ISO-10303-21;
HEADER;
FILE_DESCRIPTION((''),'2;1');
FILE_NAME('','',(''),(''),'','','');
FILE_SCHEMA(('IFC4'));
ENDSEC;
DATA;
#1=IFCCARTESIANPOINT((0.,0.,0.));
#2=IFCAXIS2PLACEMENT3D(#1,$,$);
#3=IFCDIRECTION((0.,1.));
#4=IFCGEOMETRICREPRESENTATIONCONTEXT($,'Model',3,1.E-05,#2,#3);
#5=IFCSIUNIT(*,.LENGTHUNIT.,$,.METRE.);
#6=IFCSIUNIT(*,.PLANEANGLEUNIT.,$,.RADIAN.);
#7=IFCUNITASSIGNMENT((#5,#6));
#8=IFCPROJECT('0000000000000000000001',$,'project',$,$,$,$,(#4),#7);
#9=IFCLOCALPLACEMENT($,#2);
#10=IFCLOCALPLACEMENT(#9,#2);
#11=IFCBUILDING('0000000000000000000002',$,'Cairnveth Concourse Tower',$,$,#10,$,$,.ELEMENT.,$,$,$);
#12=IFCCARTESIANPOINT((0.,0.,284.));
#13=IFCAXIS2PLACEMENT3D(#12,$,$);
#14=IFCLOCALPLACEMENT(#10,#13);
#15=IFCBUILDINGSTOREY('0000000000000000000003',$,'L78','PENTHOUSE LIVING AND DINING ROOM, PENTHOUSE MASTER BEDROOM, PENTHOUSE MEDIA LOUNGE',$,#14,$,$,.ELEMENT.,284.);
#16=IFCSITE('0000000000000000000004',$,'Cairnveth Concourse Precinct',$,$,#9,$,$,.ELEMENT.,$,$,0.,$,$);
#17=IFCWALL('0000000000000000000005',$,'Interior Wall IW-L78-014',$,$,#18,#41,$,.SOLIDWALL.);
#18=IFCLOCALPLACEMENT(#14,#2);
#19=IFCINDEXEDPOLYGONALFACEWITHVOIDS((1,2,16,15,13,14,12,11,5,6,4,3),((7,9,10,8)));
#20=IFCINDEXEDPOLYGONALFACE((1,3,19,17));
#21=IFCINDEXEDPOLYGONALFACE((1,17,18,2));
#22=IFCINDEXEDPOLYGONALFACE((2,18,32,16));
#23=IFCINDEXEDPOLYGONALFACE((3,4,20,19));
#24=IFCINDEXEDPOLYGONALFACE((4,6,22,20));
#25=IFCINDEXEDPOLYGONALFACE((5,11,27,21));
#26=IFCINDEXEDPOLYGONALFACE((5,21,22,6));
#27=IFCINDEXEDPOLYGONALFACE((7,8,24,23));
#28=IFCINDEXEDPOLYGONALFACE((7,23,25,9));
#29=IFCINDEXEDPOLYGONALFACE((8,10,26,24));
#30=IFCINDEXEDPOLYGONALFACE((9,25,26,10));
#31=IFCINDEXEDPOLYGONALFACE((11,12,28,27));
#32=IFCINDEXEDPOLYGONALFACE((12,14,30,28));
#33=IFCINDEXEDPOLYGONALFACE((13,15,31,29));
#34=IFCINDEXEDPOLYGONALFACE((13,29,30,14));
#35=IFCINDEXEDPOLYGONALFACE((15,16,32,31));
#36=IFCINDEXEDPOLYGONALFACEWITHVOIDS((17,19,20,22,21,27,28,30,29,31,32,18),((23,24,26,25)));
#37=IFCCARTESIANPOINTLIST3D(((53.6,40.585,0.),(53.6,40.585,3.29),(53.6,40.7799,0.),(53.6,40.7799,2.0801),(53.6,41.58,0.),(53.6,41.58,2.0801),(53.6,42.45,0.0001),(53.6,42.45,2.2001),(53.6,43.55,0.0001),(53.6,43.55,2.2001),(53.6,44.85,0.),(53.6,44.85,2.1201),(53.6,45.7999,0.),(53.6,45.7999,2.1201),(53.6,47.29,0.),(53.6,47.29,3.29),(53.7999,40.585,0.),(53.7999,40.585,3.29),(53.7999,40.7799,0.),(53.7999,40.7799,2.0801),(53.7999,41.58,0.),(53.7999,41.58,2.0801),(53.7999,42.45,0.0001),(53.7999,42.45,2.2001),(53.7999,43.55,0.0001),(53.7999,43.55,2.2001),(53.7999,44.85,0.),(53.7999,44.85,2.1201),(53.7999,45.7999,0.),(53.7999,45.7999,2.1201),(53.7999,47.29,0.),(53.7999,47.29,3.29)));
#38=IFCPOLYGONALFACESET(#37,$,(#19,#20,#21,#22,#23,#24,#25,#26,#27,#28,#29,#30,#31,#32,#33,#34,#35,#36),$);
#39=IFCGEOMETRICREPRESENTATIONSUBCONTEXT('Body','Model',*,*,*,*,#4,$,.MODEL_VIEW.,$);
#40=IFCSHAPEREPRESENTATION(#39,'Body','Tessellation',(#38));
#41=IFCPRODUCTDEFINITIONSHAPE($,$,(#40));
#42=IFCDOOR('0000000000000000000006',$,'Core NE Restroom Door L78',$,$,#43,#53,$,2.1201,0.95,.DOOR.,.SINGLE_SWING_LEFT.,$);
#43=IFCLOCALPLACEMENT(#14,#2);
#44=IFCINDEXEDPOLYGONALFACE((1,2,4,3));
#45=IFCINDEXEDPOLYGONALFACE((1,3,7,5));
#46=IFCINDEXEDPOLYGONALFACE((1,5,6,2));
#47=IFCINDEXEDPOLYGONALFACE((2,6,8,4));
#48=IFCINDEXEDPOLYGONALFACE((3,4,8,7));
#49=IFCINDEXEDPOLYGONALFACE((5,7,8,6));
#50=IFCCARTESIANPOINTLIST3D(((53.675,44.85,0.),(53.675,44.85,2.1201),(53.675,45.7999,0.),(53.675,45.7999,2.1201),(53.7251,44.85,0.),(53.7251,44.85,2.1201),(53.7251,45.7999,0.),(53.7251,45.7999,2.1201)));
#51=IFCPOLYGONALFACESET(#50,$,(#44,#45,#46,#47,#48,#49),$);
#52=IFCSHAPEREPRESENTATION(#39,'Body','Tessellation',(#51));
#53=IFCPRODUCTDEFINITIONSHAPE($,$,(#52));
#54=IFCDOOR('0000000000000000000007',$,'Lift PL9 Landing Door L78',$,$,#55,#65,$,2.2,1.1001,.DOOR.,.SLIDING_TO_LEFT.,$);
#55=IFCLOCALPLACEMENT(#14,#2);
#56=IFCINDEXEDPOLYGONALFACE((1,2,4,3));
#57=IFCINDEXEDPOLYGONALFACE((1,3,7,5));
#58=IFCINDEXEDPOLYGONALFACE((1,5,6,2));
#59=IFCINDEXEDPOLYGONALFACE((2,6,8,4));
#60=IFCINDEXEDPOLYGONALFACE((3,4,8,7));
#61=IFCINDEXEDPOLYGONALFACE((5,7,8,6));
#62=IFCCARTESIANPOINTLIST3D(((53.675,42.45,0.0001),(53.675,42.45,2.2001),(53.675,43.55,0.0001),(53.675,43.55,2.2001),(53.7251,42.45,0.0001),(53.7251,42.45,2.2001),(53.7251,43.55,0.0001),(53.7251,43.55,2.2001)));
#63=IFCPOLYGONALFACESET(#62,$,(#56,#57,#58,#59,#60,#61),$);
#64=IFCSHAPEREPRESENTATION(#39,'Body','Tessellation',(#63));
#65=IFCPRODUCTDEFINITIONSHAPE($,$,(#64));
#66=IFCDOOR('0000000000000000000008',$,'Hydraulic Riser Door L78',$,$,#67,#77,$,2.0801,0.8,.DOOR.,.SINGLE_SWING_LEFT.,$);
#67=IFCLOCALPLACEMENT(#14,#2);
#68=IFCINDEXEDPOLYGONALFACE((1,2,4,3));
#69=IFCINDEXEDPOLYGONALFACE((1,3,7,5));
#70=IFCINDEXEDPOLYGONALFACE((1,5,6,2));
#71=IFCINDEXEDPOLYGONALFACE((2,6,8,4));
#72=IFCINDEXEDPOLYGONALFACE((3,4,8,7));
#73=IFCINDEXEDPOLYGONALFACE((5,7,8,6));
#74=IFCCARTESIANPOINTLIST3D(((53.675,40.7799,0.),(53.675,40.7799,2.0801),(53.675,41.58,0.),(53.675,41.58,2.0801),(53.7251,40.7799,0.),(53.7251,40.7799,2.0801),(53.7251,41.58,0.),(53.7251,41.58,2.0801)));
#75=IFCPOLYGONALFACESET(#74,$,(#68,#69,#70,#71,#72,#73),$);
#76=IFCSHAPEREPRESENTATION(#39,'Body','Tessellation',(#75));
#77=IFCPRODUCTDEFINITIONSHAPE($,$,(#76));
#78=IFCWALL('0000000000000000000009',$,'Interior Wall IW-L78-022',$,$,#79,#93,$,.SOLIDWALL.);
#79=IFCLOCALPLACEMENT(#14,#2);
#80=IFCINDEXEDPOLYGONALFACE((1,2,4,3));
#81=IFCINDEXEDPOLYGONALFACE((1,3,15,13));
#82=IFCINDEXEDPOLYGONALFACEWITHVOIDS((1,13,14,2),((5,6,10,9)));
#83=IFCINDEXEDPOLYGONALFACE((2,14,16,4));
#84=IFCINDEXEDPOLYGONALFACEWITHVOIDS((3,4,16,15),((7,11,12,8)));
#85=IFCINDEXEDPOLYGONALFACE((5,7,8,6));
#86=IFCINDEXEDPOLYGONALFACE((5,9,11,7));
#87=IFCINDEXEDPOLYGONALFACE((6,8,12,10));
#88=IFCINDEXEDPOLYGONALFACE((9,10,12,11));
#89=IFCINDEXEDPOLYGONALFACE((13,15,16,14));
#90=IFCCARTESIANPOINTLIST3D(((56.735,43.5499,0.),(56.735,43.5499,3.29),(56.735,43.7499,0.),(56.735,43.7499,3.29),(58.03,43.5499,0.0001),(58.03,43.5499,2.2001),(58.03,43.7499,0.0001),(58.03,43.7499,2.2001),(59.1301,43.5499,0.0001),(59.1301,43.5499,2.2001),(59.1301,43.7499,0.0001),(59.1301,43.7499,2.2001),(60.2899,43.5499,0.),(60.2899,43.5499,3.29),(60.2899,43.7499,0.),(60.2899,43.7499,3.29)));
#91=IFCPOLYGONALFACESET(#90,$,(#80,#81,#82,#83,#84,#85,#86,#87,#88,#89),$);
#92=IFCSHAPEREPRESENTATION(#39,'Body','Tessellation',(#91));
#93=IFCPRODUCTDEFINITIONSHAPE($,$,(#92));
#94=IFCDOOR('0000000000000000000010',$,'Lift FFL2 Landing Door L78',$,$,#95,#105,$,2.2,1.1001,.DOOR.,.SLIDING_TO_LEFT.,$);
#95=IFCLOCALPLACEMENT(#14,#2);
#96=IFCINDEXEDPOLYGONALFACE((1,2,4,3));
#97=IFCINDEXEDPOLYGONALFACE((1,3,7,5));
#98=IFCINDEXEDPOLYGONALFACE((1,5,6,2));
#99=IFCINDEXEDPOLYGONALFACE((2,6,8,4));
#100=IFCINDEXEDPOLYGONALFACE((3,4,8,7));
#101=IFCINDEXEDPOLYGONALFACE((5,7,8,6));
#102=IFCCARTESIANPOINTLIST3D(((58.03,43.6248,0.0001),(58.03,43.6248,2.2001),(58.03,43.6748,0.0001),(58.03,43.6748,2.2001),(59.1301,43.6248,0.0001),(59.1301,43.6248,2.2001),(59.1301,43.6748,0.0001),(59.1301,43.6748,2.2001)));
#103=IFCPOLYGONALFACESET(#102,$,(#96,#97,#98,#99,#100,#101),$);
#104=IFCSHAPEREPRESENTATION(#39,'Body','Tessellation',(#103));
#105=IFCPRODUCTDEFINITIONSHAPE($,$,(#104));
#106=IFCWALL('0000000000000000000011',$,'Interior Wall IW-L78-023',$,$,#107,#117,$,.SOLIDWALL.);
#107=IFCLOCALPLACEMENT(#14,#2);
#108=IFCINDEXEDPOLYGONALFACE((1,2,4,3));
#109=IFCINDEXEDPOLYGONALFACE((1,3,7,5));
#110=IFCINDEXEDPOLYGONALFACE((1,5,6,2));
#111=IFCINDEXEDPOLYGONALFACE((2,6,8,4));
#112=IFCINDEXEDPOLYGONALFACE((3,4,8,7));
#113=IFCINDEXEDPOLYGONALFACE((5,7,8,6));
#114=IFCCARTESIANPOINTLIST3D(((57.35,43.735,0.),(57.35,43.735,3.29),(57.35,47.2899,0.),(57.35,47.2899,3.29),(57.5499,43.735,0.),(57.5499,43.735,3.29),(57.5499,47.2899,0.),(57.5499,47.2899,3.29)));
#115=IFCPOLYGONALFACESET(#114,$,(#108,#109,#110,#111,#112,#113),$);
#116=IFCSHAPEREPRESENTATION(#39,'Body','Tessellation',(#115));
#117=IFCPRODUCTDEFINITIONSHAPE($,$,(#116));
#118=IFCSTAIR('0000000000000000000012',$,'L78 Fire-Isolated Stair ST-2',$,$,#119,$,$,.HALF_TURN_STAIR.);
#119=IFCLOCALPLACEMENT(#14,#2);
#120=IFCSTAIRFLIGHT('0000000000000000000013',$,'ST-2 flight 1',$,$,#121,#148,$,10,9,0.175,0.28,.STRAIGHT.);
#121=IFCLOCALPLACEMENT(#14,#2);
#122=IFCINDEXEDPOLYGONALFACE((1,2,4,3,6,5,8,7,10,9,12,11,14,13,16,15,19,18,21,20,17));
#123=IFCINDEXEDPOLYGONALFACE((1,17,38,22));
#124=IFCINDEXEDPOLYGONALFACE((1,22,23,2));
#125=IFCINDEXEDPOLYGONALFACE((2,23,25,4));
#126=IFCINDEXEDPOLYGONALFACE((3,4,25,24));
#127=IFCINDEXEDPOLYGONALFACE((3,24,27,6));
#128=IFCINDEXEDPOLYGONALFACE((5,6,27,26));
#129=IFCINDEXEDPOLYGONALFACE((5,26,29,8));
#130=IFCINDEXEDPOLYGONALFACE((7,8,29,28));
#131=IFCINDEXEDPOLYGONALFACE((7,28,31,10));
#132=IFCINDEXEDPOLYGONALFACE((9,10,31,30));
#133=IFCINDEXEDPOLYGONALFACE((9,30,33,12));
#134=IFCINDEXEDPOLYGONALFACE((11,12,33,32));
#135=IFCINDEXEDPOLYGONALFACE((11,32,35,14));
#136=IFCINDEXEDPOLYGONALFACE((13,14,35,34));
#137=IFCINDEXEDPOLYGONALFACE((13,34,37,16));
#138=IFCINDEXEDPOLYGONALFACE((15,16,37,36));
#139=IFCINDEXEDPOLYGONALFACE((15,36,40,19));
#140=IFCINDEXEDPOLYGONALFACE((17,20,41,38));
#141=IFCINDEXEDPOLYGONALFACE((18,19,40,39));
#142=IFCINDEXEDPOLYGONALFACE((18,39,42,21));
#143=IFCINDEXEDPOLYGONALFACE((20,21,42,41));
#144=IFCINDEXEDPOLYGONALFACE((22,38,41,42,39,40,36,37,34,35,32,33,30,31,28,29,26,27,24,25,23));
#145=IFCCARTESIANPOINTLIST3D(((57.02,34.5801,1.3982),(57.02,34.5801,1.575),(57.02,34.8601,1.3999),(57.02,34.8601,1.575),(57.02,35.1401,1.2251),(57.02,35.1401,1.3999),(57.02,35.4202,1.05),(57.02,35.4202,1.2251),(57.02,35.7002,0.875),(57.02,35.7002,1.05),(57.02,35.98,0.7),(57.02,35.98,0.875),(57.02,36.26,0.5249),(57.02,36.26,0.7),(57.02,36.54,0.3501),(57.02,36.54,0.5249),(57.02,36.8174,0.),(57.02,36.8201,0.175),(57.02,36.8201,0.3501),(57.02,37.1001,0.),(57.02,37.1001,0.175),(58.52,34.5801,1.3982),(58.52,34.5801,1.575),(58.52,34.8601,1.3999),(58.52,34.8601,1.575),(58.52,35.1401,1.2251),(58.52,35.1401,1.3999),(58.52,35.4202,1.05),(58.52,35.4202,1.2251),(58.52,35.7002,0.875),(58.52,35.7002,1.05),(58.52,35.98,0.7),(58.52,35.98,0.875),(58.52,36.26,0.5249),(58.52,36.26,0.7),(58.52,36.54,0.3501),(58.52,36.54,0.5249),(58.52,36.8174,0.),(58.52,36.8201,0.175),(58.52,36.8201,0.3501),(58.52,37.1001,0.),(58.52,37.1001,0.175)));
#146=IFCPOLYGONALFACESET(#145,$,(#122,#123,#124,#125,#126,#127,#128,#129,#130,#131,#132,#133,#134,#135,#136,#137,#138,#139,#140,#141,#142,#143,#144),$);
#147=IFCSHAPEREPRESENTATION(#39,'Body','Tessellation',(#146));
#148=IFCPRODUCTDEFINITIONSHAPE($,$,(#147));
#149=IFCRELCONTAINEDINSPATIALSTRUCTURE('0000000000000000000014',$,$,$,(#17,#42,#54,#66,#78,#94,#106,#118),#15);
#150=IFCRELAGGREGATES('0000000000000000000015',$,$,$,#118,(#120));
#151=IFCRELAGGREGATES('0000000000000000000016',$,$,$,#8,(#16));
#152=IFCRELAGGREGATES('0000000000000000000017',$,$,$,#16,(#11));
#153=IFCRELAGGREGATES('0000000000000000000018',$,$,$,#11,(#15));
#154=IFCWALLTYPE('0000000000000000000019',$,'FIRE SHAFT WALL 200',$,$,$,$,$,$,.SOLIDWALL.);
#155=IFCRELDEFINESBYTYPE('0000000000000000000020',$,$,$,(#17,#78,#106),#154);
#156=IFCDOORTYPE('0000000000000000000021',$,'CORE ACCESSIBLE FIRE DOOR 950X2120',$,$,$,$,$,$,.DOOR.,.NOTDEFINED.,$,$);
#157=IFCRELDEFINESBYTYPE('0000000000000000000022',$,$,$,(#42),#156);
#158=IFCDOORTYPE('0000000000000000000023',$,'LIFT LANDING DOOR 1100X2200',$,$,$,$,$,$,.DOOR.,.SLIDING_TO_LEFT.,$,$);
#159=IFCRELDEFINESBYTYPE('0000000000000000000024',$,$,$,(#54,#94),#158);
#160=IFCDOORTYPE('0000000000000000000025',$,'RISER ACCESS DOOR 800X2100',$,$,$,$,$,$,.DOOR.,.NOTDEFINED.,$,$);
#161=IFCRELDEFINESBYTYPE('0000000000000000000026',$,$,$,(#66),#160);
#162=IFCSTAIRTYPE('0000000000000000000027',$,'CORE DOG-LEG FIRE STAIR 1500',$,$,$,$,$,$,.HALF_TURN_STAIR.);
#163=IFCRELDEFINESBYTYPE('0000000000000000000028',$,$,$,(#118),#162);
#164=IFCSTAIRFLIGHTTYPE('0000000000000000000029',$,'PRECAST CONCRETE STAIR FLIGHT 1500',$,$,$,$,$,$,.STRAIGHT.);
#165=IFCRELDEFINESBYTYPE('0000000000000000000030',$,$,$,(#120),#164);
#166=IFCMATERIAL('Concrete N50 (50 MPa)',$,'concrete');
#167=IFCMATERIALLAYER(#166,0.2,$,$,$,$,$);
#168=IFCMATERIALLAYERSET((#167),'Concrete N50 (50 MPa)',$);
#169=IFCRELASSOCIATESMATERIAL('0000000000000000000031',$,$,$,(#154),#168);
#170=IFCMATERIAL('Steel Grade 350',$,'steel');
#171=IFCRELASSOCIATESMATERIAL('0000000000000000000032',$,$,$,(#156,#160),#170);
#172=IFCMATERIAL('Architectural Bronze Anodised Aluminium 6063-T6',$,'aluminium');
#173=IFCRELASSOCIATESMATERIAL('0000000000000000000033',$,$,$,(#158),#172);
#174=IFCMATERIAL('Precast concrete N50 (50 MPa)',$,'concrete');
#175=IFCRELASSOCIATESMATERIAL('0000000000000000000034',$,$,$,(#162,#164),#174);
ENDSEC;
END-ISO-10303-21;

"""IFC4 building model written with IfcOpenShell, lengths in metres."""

from ifc_helpers import new_model, si_unit, direction, frame, frame_2d, origin, place, context, subcontext, project, spatial, polyline, rectangle, outline, extrude, material, layer, layer_set, type_object, element, fill, aggregate, save


model = new_model("IFC4")

# Units and contexts
model_context = context("Model", 3, precision=1e-05, world=origin(), true_north=direction((0.0, 1.0)))
body_context = subcontext(model_context, "Body", "Model", "MODEL_VIEW")
ifc_project = project(units=[si_unit("LENGTHUNIT", "METRE"), si_unit("PLANEANGLEUNIT", "RADIAN")], contexts=[model_context])

# Site, building, storey
site_placement = place(None, origin())
site = spatial("IfcSite", under=ifc_project, at=site_placement, Name="Cairnveth Concourse Precinct", CompositionType="ELEMENT", RefElevation=0.0)
building_placement = place(site_placement, origin())
building = spatial("IfcBuilding", under=site, at=building_placement, Name="Cairnveth Concourse Tower", CompositionType="ELEMENT")
storey_placement = place(building_placement, frame((0.0, 0.0, 284.0)))
storey = spatial("IfcBuildingStorey", under=building, at=storey_placement, Name="L78", Description="PENTHOUSE LIVING AND DINING ROOM, PENTHOUSE MASTER BEDROOM, PENTHOUSE MEDIA LOUNGE", CompositionType="ELEMENT", Elevation=284.0)

# Shared definitions
ifc_material_1 = material(Name="Steel Grade 350", Category="steel")

# Shared definitions
ifc_material_2 = material(Name="Concrete N50 (50 MPa)", Category="concrete")

# Shared definitions
ifc_layer_1 = layer(ifc_material_2, 0.2)
ifc_layer_set_1 = layer_set([ifc_layer_1], Name="Concrete N50 (50 MPa)")
wall_type_1 = type_object("IfcWallType", Name="FIRE SHAFT WALL 200", PredefinedType="SOLIDWALL", material=ifc_layer_set_1)

# Wall, openings, doors
wall_1_placement = place(storey_placement, frame((53.7, 40.585, 0.0), z_axis=(0.0, 0.0, 1.0), x_axis=(0.0, 1.0, 0.0)))
wall_1 = element("IfcWall", 1, at=wall_1_placement, inside=storey, type_object=wall_type_1, Name="Interior Wall IW-L78-014", PredefinedType="SOLIDWALL", context=body_context, shape_type="SweptSolid", body=[
    extrude(rectangle(XDim=6.7051, YDim=0.2, at=frame_2d((3.3525, 0.0))), origin(), (0.0, 0.0, 1.0), 3.29),
])
opening_1_placement = place(wall_1_placement, frame((0.1951, 0.0, 0.0)))
opening_1 = element("IfcOpeningElement", 2, at=opening_1_placement, cuts=wall_1, PredefinedType="OPENING", context=body_context, shape_type="SweptSolid", body=[
    extrude(rectangle(XDim=0.8, YDim=2.0801, at=frame_2d((0.3999, 1.04))), frame((0.0, 0.1099, 0.0), z_axis=(0.0, -1.0, 0.0), x_axis=(1.0, 0.0, 0.0)), (0.0, 0.0, 1.0), 0.22),
])
opening_2_placement = place(wall_1_placement, frame((1.865, 0.0, 0.0)))
opening_2 = element("IfcOpeningElement", 3, at=opening_2_placement, cuts=wall_1, PredefinedType="OPENING", context=body_context, shape_type="SweptSolid", body=[
    extrude(rectangle(XDim=1.1001, YDim=2.2, at=frame_2d((0.55, 1.1001))), frame((0.0, 0.1099, 0.0), z_axis=(0.0, -1.0, 0.0), x_axis=(1.0, 0.0, 0.0)), (0.0, 0.0, 1.0), 0.22),
])
opening_3_placement = place(wall_1_placement, frame((4.2649, 0.0, 0.0)))
opening_3 = element("IfcOpeningElement", 4, at=opening_3_placement, cuts=wall_1, PredefinedType="OPENING", context=body_context, shape_type="SweptSolid", body=[
    extrude(rectangle(XDim=0.95, YDim=2.1201, at=frame_2d((0.4751, 1.0601))), frame((0.0, 0.1099, 0.0), z_axis=(0.0, -1.0, 0.0), x_axis=(1.0, 0.0, 0.0)), (0.0, 0.0, 1.0), 0.22),
])
door_type_1 = type_object("IfcDoorType", Name="CORE ACCESSIBLE FIRE DOOR 950X2120", OperationType="NOTDEFINED", PredefinedType="DOOR", material=ifc_material_1)
door_1_placement = place(opening_3_placement, origin())
door_1 = element("IfcDoor", 5, at=door_1_placement, inside=storey, type_object=door_type_1, Name="Core NE Restroom Door L78", OperationType="SINGLE_SWING_LEFT", OverallHeight=2.1201, OverallWidth=0.95, PredefinedType="DOOR", context=body_context, shape_type="SweptSolid", body=[
    extrude(rectangle(XDim=0.95, YDim=2.1201, at=frame_2d((0.4751, 1.0601))), frame((0.0, 0.0249, 0.0), z_axis=(0.0, -1.0, 0.0), x_axis=(1.0, 0.0, 0.0)), (0.0, 0.0, 1.0), 0.05),
])
fill(opening_3, door_1)
ifc_material_3 = material(Name="Architectural Bronze Anodised Aluminium 6063-T6", Category="aluminium")
door_type_2 = type_object("IfcDoorType", Name="LIFT LANDING DOOR 1100X2200", OperationType="SLIDING_TO_LEFT", PredefinedType="DOOR", material=ifc_material_3)
door_2_placement = place(opening_2_placement, origin())
door_2 = element("IfcDoor", 6, at=door_2_placement, inside=storey, type_object=door_type_2, Name="Lift PL9 Landing Door L78", OperationType="SLIDING_TO_LEFT", OverallHeight=2.2, OverallWidth=1.1001, PredefinedType="DOOR", context=body_context, shape_type="SweptSolid", body=[
    extrude(rectangle(XDim=1.1001, YDim=2.2, at=frame_2d((0.55, 1.1001))), frame((0.0, 0.0249, 0.0), z_axis=(0.0, -1.0, 0.0), x_axis=(1.0, 0.0, 0.0)), (0.0, 0.0, 1.0), 0.05),
])
fill(opening_2, door_2)
door_type_3 = type_object("IfcDoorType", Name="RISER ACCESS DOOR 800X2100", OperationType="NOTDEFINED", PredefinedType="DOOR", material=ifc_material_1)
door_3_placement = place(opening_1_placement, origin())
door_3 = element("IfcDoor", 7, at=door_3_placement, inside=storey, type_object=door_type_3, Name="Hydraulic Riser Door L78", OperationType="SINGLE_SWING_LEFT", OverallHeight=2.0801, OverallWidth=0.8, PredefinedType="DOOR", context=body_context, shape_type="SweptSolid", body=[
    extrude(rectangle(XDim=0.8, YDim=2.0801, at=frame_2d((0.3999, 1.04))), frame((0.0, 0.0249, 0.0), z_axis=(0.0, -1.0, 0.0), x_axis=(1.0, 0.0, 0.0)), (0.0, 0.0, 1.0), 0.05),
])
fill(opening_1, door_3)

# Wall, opening, door
wall_2_placement = place(storey_placement, frame((56.7351, 43.6499, 0.0), z_axis=(0.0, 0.0, 1.0), x_axis=(1.0, 0.0, 0.0)))
wall_2 = element("IfcWall", 8, at=wall_2_placement, inside=storey, type_object=wall_type_1, Name="Interior Wall IW-L78-022", PredefinedType="SOLIDWALL", context=body_context, shape_type="SweptSolid", body=[
    extrude(rectangle(XDim=3.5549, YDim=0.2, at=frame_2d((1.7773, 0.0))), origin(), (0.0, 0.0, 1.0), 3.29),
])
opening_4_placement = place(wall_2_placement, frame((1.2949, 0.0, 0.0)))
opening_4 = element("IfcOpeningElement", 9, at=opening_4_placement, cuts=wall_2, PredefinedType="OPENING", context=body_context, shape_type="SweptSolid", body=[
    extrude(rectangle(XDim=1.1001, YDim=2.2, at=frame_2d((0.55, 1.1001))), frame((0.0, 0.1099, 0.0), z_axis=(0.0, -1.0, 0.0), x_axis=(1.0, 0.0, 0.0)), (0.0, 0.0, 1.0), 0.22),
])
door_4_placement = place(opening_4_placement, origin())
door_4 = element("IfcDoor", 10, at=door_4_placement, inside=storey, type_object=door_type_2, Name="Lift FFL2 Landing Door L78", OperationType="SLIDING_TO_LEFT", OverallHeight=2.2, OverallWidth=1.1001, PredefinedType="DOOR", context=body_context, shape_type="SweptSolid", body=[
    extrude(rectangle(XDim=1.1001, YDim=2.2, at=frame_2d((0.55, 1.1001))), frame((0.0, 0.0249, 0.0), z_axis=(0.0, -1.0, 0.0), x_axis=(1.0, 0.0, 0.0)), (0.0, 0.0, 1.0), 0.05),
])
fill(opening_4, door_4)

# Wall
wall_3_placement = place(storey_placement, frame((57.45, 43.7351, 0.0), z_axis=(0.0, 0.0, 1.0), x_axis=(0.0, 1.0, 0.0)))
element("IfcWall", 11, at=wall_3_placement, inside=storey, type_object=wall_type_1, Name="Interior Wall IW-L78-023", PredefinedType="SOLIDWALL", context=body_context, shape_type="SweptSolid", body=[
    extrude(rectangle(XDim=3.5549, YDim=0.2, at=frame_2d((1.7773, 0.0))), origin(), (0.0, 0.0, 1.0), 3.29),
])

# Stair, stair flight
ifc_material_4 = material(Name="Precast concrete N50 (50 MPa)", Category="concrete")
stair_type = type_object("IfcStairType", Name="CORE DOG-LEG FIRE STAIR 1500", PredefinedType="HALF_TURN_STAIR", material=ifc_material_4)
stair_placement = place(storey_placement, origin())
stair = element("IfcStair", 12, at=stair_placement, inside=storey, type_object=stair_type, Name="L78 Fire-Isolated Stair ST-2", PredefinedType="HALF_TURN_STAIR")
stair_flight_type = type_object("IfcStairFlightType", Name="PRECAST CONCRETE STAIR FLIGHT 1500", PredefinedType="STRAIGHT", material=ifc_material_4)
stair_flight_placement = place(storey_placement, frame((57.77, 37.1001, 0.0), z_axis=(0.0, 0.0, 1.0), x_axis=(0.0, -1.0, 0.0)))
stair_flight = element("IfcStairFlight", 13, at=stair_flight_placement, type_object=stair_flight_type, Name="ST-2 flight 1", NumberOfRisers=10, NumberOfTreads=9, PredefinedType="STRAIGHT", RiserHeight=0.175, TreadLength=0.28, context=body_context, shape_type="SweptSolid", body=[
    extrude(outline(polyline([(0.0, 0.0), (0.0, 0.175), (0.28, 0.175), (0.28, 0.3501), (0.5601, 0.3501), (0.5601, 0.5249), (0.8401, 0.5249), (0.8401, 0.7), (1.1201, 0.7), (1.1201, 0.875), (1.3999, 0.875), (1.3999, 1.05), (1.6799, 1.05), (1.6799, 1.2251), (1.96, 1.2251), (1.96, 1.3999), (2.24, 1.3999), (2.24, 1.575), (2.52, 1.575), (2.52, 1.75), (2.52, 1.3982), (0.2827, 0.0), (0.0, 0.0)])), frame((0.0, 0.75, 0.0), z_axis=(0.0, -1.0, 0.0), x_axis=(1.0, 0.0, 0.0)), (0.0, 0.0, 1.0), 1.5),
])
aggregate(stair, [stair_flight])

save(model, "model.ifc")
